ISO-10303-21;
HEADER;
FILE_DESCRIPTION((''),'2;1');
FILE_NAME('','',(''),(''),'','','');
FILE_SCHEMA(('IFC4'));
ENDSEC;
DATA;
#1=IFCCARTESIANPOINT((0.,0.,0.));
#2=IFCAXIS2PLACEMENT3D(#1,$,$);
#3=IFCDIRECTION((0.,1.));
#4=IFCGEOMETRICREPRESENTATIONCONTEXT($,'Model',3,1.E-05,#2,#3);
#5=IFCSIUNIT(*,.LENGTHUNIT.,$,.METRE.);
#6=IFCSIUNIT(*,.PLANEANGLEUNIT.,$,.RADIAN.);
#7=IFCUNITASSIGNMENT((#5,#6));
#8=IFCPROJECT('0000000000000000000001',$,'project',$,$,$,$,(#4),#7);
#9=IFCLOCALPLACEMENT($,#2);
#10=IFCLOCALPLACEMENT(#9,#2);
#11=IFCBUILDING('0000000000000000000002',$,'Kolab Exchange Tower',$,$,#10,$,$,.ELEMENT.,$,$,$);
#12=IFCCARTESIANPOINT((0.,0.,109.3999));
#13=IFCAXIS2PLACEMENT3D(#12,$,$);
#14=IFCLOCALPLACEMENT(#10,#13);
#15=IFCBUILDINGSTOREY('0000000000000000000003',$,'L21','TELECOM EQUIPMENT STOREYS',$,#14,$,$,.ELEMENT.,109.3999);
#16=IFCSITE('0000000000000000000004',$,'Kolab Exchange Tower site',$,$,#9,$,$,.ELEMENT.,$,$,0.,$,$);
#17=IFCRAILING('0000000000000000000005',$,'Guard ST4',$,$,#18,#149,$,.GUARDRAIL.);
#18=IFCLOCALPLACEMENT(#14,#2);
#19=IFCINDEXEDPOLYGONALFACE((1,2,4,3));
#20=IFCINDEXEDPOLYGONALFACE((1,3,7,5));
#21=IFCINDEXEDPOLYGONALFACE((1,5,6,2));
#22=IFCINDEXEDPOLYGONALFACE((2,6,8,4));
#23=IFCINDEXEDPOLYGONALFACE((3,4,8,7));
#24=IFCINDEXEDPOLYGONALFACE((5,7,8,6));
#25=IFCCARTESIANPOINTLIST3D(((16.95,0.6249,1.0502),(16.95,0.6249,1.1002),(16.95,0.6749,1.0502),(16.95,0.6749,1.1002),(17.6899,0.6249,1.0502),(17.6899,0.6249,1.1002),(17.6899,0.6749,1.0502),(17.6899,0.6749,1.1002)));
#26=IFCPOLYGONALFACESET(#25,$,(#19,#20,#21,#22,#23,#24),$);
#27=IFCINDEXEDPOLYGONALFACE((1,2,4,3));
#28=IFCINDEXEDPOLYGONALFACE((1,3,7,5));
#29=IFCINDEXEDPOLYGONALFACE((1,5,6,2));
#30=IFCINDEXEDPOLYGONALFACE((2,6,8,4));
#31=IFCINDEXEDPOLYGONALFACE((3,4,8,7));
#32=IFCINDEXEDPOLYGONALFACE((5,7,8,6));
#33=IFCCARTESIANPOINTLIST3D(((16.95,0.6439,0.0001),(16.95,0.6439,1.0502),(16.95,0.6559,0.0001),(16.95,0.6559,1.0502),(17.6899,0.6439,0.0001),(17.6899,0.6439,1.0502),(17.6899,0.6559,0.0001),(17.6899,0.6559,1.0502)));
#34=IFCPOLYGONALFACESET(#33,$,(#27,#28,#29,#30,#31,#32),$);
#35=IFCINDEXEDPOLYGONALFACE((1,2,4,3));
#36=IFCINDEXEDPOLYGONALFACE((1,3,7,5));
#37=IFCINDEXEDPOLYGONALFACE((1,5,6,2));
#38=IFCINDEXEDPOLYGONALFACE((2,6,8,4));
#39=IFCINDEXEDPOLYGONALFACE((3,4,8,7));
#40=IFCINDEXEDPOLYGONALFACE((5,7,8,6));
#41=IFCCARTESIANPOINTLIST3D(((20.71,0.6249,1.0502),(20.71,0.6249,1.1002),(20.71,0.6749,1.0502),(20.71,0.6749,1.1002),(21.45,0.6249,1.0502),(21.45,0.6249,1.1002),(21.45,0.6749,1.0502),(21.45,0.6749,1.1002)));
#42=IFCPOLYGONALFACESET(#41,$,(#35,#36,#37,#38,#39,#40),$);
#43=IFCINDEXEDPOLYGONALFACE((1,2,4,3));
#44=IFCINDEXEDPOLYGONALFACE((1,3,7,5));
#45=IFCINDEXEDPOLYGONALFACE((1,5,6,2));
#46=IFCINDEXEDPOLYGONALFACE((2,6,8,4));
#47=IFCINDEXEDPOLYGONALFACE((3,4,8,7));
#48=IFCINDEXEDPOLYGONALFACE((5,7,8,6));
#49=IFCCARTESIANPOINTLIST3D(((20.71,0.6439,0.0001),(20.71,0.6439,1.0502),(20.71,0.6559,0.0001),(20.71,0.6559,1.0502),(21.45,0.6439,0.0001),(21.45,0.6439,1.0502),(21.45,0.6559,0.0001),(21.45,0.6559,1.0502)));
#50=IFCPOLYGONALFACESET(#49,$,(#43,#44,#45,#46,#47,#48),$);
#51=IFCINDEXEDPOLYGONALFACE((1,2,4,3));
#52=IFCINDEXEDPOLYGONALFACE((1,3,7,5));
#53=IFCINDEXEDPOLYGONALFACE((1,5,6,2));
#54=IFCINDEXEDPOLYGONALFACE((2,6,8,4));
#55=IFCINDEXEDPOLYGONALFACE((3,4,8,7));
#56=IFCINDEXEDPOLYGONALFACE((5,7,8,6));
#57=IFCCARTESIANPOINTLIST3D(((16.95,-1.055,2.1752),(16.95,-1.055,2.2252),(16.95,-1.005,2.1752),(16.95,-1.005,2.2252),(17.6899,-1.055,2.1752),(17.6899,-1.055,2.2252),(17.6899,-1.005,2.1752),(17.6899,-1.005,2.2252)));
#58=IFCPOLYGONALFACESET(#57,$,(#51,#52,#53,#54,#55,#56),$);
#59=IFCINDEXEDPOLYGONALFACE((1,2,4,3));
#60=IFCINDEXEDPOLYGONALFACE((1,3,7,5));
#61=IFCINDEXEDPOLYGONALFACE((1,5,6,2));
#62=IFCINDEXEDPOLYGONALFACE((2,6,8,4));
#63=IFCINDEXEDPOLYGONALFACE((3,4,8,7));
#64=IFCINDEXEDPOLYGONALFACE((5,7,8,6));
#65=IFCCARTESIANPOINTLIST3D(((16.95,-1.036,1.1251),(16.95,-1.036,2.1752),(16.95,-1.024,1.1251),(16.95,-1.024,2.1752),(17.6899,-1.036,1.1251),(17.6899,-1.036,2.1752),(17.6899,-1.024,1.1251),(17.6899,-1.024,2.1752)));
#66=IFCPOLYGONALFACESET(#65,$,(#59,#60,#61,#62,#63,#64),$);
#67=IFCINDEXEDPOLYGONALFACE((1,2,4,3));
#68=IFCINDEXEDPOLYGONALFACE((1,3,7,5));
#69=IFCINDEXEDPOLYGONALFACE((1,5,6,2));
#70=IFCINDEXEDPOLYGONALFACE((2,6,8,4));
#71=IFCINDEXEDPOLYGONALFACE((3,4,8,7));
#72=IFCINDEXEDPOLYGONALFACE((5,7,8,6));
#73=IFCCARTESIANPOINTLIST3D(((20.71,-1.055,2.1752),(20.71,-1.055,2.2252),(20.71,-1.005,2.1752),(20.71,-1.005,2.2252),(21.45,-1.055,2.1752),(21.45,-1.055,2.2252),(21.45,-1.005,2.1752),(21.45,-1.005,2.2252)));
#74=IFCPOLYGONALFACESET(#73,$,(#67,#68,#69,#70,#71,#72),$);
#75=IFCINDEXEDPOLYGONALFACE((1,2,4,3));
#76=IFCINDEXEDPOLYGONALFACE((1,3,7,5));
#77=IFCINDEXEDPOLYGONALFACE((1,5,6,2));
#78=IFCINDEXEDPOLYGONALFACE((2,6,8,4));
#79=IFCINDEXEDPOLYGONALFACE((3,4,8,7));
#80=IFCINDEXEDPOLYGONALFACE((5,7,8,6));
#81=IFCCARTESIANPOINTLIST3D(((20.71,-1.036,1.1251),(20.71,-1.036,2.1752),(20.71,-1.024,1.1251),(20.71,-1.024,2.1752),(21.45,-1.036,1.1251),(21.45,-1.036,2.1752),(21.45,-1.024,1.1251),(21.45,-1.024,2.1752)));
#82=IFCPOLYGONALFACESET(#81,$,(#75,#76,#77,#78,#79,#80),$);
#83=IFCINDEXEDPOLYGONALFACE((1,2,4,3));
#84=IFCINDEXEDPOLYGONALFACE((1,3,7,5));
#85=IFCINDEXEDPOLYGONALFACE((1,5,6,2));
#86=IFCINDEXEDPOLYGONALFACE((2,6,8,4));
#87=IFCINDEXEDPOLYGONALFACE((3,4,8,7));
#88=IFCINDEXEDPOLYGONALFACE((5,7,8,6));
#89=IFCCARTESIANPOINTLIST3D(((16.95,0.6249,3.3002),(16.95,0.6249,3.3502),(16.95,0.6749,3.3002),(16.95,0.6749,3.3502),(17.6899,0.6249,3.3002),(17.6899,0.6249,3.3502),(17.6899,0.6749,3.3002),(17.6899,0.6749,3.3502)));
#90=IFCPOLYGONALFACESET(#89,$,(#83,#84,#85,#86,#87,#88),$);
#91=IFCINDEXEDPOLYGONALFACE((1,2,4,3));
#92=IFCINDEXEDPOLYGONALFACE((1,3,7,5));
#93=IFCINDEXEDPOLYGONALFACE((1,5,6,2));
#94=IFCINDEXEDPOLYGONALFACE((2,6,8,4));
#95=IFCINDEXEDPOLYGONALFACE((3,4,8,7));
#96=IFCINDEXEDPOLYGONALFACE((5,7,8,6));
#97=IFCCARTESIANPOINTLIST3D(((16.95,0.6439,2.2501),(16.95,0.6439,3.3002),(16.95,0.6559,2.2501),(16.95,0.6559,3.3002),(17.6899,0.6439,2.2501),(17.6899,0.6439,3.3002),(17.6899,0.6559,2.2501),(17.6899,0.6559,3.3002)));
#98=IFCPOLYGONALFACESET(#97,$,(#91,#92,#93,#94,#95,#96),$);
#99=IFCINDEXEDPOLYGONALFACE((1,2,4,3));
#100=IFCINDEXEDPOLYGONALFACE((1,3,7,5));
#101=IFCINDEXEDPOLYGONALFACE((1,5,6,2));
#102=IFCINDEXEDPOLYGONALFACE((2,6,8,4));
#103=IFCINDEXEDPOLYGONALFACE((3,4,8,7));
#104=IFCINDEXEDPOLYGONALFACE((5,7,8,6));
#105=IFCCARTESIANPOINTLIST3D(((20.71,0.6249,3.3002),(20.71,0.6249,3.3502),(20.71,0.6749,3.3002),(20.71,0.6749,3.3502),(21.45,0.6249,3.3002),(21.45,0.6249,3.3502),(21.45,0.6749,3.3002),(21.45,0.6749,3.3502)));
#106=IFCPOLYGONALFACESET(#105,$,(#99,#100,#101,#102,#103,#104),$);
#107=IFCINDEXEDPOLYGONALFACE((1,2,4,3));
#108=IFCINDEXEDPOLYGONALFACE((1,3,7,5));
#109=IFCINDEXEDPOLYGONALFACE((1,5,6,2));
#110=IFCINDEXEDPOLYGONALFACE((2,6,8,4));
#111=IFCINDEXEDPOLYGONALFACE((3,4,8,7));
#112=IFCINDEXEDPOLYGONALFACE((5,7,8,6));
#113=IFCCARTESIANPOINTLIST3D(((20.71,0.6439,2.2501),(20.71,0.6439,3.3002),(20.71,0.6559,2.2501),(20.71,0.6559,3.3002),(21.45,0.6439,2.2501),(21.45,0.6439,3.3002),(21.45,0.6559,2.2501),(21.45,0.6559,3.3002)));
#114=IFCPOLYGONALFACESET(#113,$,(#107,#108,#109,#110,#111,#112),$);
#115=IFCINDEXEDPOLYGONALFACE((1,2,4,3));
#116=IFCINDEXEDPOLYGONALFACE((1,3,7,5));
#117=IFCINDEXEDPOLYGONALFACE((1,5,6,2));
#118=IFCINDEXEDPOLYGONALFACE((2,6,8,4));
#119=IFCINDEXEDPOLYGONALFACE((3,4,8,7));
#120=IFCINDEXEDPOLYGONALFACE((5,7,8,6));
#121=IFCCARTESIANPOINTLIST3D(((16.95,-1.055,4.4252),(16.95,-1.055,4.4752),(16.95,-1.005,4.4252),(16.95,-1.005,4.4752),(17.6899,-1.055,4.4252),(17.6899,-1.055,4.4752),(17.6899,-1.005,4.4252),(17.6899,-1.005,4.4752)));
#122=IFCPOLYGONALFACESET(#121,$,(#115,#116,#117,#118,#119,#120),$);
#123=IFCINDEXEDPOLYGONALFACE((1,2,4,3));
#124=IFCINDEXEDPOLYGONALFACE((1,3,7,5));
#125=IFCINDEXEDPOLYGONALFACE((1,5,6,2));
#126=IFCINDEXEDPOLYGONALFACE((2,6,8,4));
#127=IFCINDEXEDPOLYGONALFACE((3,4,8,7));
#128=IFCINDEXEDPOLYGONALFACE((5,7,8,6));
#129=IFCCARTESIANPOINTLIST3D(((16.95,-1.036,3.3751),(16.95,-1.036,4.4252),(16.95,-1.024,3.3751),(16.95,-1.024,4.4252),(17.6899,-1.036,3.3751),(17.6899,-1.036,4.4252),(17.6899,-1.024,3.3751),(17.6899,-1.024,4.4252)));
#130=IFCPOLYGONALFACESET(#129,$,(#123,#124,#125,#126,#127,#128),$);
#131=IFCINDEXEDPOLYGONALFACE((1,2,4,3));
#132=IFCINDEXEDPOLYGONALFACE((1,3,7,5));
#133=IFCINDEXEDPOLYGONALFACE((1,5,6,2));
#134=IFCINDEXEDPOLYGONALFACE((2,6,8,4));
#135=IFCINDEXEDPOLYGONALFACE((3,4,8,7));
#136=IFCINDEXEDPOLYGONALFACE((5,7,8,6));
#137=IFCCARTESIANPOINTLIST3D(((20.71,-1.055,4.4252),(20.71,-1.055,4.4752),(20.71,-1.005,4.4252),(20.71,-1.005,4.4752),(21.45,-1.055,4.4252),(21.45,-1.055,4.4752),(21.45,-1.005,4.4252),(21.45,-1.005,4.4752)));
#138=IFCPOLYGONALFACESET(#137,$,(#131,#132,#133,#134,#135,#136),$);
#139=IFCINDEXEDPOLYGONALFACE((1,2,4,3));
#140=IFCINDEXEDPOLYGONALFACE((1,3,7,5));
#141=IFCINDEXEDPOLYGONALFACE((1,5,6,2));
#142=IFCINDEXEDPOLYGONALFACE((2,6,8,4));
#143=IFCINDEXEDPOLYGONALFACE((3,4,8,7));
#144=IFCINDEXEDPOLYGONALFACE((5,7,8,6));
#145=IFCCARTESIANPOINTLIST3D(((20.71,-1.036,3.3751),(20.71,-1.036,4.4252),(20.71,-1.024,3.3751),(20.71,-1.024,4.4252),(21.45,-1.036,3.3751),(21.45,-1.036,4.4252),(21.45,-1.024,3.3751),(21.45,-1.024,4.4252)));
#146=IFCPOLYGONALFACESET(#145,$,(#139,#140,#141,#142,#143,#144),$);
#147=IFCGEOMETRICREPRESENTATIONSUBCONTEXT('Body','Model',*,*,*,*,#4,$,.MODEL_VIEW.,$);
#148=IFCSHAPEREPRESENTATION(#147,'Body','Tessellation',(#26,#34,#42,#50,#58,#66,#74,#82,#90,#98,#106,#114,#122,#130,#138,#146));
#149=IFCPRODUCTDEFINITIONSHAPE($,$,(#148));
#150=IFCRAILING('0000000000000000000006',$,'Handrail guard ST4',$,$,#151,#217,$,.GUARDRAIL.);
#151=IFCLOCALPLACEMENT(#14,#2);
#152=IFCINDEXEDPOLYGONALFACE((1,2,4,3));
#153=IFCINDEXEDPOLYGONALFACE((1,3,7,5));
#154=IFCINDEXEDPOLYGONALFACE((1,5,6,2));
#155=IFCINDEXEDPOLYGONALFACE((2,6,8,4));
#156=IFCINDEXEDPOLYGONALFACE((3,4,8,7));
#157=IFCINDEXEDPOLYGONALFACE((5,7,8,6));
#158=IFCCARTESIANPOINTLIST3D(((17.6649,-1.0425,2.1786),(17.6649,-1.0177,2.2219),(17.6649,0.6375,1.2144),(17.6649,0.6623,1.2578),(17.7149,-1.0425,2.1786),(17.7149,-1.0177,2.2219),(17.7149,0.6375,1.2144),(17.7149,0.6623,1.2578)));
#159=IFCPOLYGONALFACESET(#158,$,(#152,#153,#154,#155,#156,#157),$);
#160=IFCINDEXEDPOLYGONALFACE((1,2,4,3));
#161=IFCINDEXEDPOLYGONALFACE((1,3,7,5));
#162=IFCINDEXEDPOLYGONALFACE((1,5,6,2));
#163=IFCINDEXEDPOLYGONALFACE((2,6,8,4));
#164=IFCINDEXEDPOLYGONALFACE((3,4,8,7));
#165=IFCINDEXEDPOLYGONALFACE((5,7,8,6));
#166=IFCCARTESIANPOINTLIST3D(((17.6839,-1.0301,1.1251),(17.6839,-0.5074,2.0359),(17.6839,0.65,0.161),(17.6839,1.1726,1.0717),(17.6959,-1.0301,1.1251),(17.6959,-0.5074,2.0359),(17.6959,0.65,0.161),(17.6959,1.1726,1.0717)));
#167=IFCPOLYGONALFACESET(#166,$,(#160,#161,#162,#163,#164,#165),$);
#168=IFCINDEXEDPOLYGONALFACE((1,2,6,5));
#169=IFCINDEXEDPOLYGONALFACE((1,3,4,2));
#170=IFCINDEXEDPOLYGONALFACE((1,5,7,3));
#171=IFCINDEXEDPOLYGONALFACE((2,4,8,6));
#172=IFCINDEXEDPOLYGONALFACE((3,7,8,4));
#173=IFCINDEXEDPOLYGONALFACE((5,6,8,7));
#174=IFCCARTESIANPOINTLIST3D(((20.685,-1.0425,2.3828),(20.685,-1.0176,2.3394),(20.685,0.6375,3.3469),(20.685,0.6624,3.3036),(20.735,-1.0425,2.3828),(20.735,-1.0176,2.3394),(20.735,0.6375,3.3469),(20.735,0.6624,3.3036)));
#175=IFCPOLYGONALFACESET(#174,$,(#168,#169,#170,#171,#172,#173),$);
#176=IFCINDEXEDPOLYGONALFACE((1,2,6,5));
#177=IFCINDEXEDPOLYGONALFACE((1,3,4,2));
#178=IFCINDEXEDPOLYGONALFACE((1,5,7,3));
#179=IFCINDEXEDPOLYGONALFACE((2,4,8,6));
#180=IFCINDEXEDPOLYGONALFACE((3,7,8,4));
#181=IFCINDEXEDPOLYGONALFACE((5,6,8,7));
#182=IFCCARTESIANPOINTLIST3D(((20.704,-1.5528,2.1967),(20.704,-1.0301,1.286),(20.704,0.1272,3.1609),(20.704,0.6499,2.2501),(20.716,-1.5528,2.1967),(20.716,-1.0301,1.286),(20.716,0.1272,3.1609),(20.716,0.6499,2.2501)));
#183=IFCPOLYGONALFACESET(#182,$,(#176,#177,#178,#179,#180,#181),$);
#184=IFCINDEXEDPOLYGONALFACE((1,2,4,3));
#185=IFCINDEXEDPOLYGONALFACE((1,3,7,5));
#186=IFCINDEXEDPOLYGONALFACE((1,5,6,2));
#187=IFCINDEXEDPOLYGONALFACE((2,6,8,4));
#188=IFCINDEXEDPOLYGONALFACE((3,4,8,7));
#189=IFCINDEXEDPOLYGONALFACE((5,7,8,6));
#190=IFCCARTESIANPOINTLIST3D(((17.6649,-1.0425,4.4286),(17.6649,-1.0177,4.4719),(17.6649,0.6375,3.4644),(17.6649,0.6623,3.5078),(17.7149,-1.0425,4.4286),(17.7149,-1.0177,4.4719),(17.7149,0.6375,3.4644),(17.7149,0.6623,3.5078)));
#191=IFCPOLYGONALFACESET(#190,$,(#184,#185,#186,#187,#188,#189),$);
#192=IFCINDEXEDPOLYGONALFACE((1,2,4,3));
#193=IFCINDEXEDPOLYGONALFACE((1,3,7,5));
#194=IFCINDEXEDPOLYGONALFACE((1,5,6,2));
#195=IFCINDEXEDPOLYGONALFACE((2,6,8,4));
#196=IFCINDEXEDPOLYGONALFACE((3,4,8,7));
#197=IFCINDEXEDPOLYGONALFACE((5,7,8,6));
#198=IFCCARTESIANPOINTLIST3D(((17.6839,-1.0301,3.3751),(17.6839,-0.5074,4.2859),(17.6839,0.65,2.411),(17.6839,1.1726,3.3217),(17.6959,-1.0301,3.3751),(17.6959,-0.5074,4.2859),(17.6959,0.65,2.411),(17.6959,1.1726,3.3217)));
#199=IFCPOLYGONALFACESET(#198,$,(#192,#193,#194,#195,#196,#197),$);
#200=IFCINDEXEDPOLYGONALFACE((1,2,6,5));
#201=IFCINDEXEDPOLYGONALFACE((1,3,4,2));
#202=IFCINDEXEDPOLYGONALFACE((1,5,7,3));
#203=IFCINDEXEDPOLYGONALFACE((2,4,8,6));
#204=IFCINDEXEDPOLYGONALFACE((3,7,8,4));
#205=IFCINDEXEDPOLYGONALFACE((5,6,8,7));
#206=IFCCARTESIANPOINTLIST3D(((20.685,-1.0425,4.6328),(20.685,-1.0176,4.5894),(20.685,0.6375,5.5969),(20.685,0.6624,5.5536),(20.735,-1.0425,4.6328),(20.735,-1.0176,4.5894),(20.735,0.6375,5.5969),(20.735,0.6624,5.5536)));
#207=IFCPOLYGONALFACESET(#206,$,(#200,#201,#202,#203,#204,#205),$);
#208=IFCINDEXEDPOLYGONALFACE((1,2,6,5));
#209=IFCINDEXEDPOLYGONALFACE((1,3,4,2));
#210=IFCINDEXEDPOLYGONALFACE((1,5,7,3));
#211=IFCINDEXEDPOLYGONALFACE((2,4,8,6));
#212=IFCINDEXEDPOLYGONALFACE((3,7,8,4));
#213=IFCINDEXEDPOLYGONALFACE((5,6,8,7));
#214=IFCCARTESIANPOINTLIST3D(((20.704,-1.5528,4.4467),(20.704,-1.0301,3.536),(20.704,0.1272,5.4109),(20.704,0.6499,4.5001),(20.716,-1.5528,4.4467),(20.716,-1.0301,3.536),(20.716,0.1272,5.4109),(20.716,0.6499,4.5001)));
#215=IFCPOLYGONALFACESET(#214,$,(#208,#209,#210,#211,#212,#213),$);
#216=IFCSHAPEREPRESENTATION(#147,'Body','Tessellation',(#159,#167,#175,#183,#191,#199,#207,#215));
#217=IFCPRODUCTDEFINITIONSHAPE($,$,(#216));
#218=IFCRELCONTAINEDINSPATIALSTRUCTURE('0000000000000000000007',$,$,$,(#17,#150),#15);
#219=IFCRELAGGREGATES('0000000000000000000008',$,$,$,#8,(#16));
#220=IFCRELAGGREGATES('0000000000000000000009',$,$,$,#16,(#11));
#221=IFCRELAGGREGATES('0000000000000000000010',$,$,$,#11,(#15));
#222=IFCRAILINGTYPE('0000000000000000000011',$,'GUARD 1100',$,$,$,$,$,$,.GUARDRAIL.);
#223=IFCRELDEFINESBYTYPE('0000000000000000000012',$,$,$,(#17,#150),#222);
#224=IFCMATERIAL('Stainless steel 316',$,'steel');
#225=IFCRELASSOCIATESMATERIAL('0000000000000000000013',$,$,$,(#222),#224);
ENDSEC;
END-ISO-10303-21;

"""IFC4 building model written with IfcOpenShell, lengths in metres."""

from ifc_helpers import new_model, si_unit, direction, frame, frame_2d, origin, origin_2d, place, context, subcontext, project, spatial, rectangle, extrude, material, type_object, element, save


model = new_model("IFC4")

# Units and contexts
model_context = context("Model", 3, precision=1e-05, world=origin(), true_north=direction((0.0, 1.0)))
body_context = subcontext(model_context, "Body", "Model", "MODEL_VIEW")
ifc_project = project(units=[si_unit("LENGTHUNIT", "METRE"), si_unit("PLANEANGLEUNIT", "RADIAN")], contexts=[model_context])

# Site, building, storey
site_placement = place(None, origin())
site = spatial("IfcSite", under=ifc_project, at=site_placement, Name="Kolab Exchange Tower site", CompositionType="ELEMENT", RefElevation=0.0)
building_placement = place(site_placement, origin())
building = spatial("IfcBuilding", under=site, at=building_placement, Name="Kolab Exchange Tower", CompositionType="ELEMENT")
storey_placement = place(building_placement, frame((0.0, 0.0, 109.3999)))
storey = spatial("IfcBuildingStorey", under=building, at=storey_placement, Name="L21", Description="TELECOM EQUIPMENT STOREYS", CompositionType="ELEMENT", Elevation=109.3999)

# Railings
ifc_material_1 = material(Name="Stainless steel 316", Category="steel")
railing_type = type_object("IfcRailingType", Name="GUARD 1100", PredefinedType="GUARDRAIL", material=ifc_material_1)
railing_1_placement = place(storey_placement, frame((16.95, 0.6499, 0.0)))
element("IfcRailing", 1, at=railing_1_placement, inside=storey, type_object=railing_type, Name="Guard ST4", PredefinedType="GUARDRAIL", context=body_context, shape_type="SweptSolid", body=[
    extrude(rectangle(XDim=0.05, YDim=0.05, at=origin_2d()), frame((0.0, 0.0, 1.0752), z_axis=(1.0, 0.0, 0.0), x_axis=(0.0, 1.0, 0.0)), (0.0, 0.0, 1.0), 0.74),
    extrude(rectangle(XDim=0.012, YDim=1.0501, at=frame_2d((0.0, 0.5251))), frame((0.0, 0.0, 0.0), z_axis=(1.0, 0.0, 0.0), x_axis=(0.0, 1.0, 0.0)), (0.0, 0.0, 1.0), 0.74),
    extrude(rectangle(XDim=0.05, YDim=0.05, at=origin_2d()), frame((3.76, 0.0, 1.0752), z_axis=(1.0, 0.0, 0.0), x_axis=(0.0, 1.0, 0.0)), (0.0, 0.0, 1.0), 0.74),
    extrude(rectangle(XDim=0.012, YDim=1.0501, at=frame_2d((0.0, 0.5251))), frame((3.76, 0.0, 0.0), z_axis=(1.0, 0.0, 0.0), x_axis=(0.0, 1.0, 0.0)), (0.0, 0.0, 1.0), 0.74),
    extrude(rectangle(XDim=0.05, YDim=0.05, at=origin_2d()), frame((0.0, -1.6799, 2.2002), z_axis=(1.0, 0.0, 0.0), x_axis=(0.0, 1.0, 0.0)), (0.0, 0.0, 1.0), 0.74),
    extrude(rectangle(XDim=0.012, YDim=1.0501, at=frame_2d((0.0, 0.5251))), frame((0.0, -1.6799, 1.125), z_axis=(1.0, 0.0, 0.0), x_axis=(0.0, 1.0, 0.0)), (0.0, 0.0, 1.0), 0.74),
    extrude(rectangle(XDim=0.05, YDim=0.05, at=origin_2d()), frame((3.76, -1.6799, 2.2002), z_axis=(1.0, 0.0, 0.0), x_axis=(0.0, 1.0, 0.0)), (0.0, 0.0, 1.0), 0.74),
    extrude(rectangle(XDim=0.012, YDim=1.0501, at=frame_2d((0.0, 0.5251))), frame((3.76, -1.6799, 1.125), z_axis=(1.0, 0.0, 0.0), x_axis=(0.0, 1.0, 0.0)), (0.0, 0.0, 1.0), 0.74),
    extrude(rectangle(XDim=0.05, YDim=0.05, at=origin_2d()), frame((0.0, 0.0, 3.3252), z_axis=(1.0, 0.0, 0.0), x_axis=(0.0, 1.0, 0.0)), (0.0, 0.0, 1.0), 0.74),
    extrude(rectangle(XDim=0.012, YDim=1.0501, at=frame_2d((0.0, 0.5251))), frame((0.0, 0.0, 2.25), z_axis=(1.0, 0.0, 0.0), x_axis=(0.0, 1.0, 0.0)), (0.0, 0.0, 1.0), 0.74),
    extrude(rectangle(XDim=0.05, YDim=0.05, at=origin_2d()), frame((3.76, 0.0, 3.3252), z_axis=(1.0, 0.0, 0.0), x_axis=(0.0, 1.0, 0.0)), (0.0, 0.0, 1.0), 0.74),
    extrude(rectangle(XDim=0.012, YDim=1.0501, at=frame_2d((0.0, 0.5251))), frame((3.76, 0.0, 2.25), z_axis=(1.0, 0.0, 0.0), x_axis=(0.0, 1.0, 0.0)), (0.0, 0.0, 1.0), 0.74),
    extrude(rectangle(XDim=0.05, YDim=0.05, at=origin_2d()), frame((0.0, -1.6799, 4.4502), z_axis=(1.0, 0.0, 0.0), x_axis=(0.0, 1.0, 0.0)), (0.0, 0.0, 1.0), 0.74),
    extrude(rectangle(XDim=0.012, YDim=1.0501, at=frame_2d((0.0, 0.5251))), frame((0.0, -1.6799, 3.375), z_axis=(1.0, 0.0, 0.0), x_axis=(0.0, 1.0, 0.0)), (0.0, 0.0, 1.0), 0.74),
    extrude(rectangle(XDim=0.05, YDim=0.05, at=origin_2d()), frame((3.76, -1.6799, 4.4502), z_axis=(1.0, 0.0, 0.0), x_axis=(0.0, 1.0, 0.0)), (0.0, 0.0, 1.0), 0.74),
    extrude(rectangle(XDim=0.012, YDim=1.0501, at=frame_2d((0.0, 0.5251))), frame((3.76, -1.6799, 3.375), z_axis=(1.0, 0.0, 0.0), x_axis=(0.0, 1.0, 0.0)), (0.0, 0.0, 1.0), 0.74),
])
railing_2_placement = place(storey_placement, frame((17.6899, 0.6499, 0.1609)))
element("IfcRailing", 2, at=railing_2_placement, inside=storey, type_object=railing_type, Name="Handrail guard ST4", PredefinedType="GUARDRAIL", context=body_context, shape_type="SweptSolid", body=[
    extrude(rectangle(XDim=0.05, YDim=0.05, at=origin_2d()), frame((0.0, 0.0, 1.0752), z_axis=(0.0, -0.867319, 0.497753), x_axis=(1.0, 0.0, 0.0)), (0.0, 0.0, 1.0), 1.937),
    extrude(rectangle(XDim=0.012, YDim=1.0501, at=frame_2d((0.0, 0.5251))), frame((0.0, 0.0, 0.0), z_axis=(0.0, -0.867319, 0.497753), x_axis=(1.0, 0.0, 0.0)), (0.0, 0.0, 1.0), 1.937),
    extrude(rectangle(XDim=0.05, YDim=0.05, at=origin_2d()), frame((3.02, -1.6799, 2.2002), z_axis=(0.0, 0.867319, 0.497753), x_axis=(-1.0, 0.0, 0.0)), (0.0, 0.0, 1.0), 1.937),
    extrude(rectangle(XDim=0.012, YDim=1.0501, at=frame_2d((0.0, 0.5251))), frame((3.02, -1.6799, 1.125), z_axis=(0.0, 0.867319, 0.497753), x_axis=(-1.0, 0.0, 0.0)), (0.0, 0.0, 1.0), 1.937),
    extrude(rectangle(XDim=0.05, YDim=0.05, at=origin_2d()), frame((0.0, 0.0, 3.3252), z_axis=(0.0, -0.867319, 0.497753), x_axis=(1.0, 0.0, 0.0)), (0.0, 0.0, 1.0), 1.937),
    extrude(rectangle(XDim=0.012, YDim=1.0501, at=frame_2d((0.0, 0.5251))), frame((0.0, 0.0, 2.25), z_axis=(0.0, -0.867319, 0.497753), x_axis=(1.0, 0.0, 0.0)), (0.0, 0.0, 1.0), 1.937),
    extrude(rectangle(XDim=0.05, YDim=0.05, at=origin_2d()), frame((3.02, -1.6799, 4.4502), z_axis=(0.0, 0.867319, 0.497753), x_axis=(-1.0, 0.0, 0.0)), (0.0, 0.0, 1.0), 1.937),
    extrude(rectangle(XDim=0.012, YDim=1.0501, at=frame_2d((0.0, 0.5251))), frame((3.02, -1.6799, 3.375), z_axis=(0.0, 0.867319, 0.497753), x_axis=(-1.0, 0.0, 0.0)), (0.0, 0.0, 1.0), 1.937),
])

save(model, "model.ifc")
